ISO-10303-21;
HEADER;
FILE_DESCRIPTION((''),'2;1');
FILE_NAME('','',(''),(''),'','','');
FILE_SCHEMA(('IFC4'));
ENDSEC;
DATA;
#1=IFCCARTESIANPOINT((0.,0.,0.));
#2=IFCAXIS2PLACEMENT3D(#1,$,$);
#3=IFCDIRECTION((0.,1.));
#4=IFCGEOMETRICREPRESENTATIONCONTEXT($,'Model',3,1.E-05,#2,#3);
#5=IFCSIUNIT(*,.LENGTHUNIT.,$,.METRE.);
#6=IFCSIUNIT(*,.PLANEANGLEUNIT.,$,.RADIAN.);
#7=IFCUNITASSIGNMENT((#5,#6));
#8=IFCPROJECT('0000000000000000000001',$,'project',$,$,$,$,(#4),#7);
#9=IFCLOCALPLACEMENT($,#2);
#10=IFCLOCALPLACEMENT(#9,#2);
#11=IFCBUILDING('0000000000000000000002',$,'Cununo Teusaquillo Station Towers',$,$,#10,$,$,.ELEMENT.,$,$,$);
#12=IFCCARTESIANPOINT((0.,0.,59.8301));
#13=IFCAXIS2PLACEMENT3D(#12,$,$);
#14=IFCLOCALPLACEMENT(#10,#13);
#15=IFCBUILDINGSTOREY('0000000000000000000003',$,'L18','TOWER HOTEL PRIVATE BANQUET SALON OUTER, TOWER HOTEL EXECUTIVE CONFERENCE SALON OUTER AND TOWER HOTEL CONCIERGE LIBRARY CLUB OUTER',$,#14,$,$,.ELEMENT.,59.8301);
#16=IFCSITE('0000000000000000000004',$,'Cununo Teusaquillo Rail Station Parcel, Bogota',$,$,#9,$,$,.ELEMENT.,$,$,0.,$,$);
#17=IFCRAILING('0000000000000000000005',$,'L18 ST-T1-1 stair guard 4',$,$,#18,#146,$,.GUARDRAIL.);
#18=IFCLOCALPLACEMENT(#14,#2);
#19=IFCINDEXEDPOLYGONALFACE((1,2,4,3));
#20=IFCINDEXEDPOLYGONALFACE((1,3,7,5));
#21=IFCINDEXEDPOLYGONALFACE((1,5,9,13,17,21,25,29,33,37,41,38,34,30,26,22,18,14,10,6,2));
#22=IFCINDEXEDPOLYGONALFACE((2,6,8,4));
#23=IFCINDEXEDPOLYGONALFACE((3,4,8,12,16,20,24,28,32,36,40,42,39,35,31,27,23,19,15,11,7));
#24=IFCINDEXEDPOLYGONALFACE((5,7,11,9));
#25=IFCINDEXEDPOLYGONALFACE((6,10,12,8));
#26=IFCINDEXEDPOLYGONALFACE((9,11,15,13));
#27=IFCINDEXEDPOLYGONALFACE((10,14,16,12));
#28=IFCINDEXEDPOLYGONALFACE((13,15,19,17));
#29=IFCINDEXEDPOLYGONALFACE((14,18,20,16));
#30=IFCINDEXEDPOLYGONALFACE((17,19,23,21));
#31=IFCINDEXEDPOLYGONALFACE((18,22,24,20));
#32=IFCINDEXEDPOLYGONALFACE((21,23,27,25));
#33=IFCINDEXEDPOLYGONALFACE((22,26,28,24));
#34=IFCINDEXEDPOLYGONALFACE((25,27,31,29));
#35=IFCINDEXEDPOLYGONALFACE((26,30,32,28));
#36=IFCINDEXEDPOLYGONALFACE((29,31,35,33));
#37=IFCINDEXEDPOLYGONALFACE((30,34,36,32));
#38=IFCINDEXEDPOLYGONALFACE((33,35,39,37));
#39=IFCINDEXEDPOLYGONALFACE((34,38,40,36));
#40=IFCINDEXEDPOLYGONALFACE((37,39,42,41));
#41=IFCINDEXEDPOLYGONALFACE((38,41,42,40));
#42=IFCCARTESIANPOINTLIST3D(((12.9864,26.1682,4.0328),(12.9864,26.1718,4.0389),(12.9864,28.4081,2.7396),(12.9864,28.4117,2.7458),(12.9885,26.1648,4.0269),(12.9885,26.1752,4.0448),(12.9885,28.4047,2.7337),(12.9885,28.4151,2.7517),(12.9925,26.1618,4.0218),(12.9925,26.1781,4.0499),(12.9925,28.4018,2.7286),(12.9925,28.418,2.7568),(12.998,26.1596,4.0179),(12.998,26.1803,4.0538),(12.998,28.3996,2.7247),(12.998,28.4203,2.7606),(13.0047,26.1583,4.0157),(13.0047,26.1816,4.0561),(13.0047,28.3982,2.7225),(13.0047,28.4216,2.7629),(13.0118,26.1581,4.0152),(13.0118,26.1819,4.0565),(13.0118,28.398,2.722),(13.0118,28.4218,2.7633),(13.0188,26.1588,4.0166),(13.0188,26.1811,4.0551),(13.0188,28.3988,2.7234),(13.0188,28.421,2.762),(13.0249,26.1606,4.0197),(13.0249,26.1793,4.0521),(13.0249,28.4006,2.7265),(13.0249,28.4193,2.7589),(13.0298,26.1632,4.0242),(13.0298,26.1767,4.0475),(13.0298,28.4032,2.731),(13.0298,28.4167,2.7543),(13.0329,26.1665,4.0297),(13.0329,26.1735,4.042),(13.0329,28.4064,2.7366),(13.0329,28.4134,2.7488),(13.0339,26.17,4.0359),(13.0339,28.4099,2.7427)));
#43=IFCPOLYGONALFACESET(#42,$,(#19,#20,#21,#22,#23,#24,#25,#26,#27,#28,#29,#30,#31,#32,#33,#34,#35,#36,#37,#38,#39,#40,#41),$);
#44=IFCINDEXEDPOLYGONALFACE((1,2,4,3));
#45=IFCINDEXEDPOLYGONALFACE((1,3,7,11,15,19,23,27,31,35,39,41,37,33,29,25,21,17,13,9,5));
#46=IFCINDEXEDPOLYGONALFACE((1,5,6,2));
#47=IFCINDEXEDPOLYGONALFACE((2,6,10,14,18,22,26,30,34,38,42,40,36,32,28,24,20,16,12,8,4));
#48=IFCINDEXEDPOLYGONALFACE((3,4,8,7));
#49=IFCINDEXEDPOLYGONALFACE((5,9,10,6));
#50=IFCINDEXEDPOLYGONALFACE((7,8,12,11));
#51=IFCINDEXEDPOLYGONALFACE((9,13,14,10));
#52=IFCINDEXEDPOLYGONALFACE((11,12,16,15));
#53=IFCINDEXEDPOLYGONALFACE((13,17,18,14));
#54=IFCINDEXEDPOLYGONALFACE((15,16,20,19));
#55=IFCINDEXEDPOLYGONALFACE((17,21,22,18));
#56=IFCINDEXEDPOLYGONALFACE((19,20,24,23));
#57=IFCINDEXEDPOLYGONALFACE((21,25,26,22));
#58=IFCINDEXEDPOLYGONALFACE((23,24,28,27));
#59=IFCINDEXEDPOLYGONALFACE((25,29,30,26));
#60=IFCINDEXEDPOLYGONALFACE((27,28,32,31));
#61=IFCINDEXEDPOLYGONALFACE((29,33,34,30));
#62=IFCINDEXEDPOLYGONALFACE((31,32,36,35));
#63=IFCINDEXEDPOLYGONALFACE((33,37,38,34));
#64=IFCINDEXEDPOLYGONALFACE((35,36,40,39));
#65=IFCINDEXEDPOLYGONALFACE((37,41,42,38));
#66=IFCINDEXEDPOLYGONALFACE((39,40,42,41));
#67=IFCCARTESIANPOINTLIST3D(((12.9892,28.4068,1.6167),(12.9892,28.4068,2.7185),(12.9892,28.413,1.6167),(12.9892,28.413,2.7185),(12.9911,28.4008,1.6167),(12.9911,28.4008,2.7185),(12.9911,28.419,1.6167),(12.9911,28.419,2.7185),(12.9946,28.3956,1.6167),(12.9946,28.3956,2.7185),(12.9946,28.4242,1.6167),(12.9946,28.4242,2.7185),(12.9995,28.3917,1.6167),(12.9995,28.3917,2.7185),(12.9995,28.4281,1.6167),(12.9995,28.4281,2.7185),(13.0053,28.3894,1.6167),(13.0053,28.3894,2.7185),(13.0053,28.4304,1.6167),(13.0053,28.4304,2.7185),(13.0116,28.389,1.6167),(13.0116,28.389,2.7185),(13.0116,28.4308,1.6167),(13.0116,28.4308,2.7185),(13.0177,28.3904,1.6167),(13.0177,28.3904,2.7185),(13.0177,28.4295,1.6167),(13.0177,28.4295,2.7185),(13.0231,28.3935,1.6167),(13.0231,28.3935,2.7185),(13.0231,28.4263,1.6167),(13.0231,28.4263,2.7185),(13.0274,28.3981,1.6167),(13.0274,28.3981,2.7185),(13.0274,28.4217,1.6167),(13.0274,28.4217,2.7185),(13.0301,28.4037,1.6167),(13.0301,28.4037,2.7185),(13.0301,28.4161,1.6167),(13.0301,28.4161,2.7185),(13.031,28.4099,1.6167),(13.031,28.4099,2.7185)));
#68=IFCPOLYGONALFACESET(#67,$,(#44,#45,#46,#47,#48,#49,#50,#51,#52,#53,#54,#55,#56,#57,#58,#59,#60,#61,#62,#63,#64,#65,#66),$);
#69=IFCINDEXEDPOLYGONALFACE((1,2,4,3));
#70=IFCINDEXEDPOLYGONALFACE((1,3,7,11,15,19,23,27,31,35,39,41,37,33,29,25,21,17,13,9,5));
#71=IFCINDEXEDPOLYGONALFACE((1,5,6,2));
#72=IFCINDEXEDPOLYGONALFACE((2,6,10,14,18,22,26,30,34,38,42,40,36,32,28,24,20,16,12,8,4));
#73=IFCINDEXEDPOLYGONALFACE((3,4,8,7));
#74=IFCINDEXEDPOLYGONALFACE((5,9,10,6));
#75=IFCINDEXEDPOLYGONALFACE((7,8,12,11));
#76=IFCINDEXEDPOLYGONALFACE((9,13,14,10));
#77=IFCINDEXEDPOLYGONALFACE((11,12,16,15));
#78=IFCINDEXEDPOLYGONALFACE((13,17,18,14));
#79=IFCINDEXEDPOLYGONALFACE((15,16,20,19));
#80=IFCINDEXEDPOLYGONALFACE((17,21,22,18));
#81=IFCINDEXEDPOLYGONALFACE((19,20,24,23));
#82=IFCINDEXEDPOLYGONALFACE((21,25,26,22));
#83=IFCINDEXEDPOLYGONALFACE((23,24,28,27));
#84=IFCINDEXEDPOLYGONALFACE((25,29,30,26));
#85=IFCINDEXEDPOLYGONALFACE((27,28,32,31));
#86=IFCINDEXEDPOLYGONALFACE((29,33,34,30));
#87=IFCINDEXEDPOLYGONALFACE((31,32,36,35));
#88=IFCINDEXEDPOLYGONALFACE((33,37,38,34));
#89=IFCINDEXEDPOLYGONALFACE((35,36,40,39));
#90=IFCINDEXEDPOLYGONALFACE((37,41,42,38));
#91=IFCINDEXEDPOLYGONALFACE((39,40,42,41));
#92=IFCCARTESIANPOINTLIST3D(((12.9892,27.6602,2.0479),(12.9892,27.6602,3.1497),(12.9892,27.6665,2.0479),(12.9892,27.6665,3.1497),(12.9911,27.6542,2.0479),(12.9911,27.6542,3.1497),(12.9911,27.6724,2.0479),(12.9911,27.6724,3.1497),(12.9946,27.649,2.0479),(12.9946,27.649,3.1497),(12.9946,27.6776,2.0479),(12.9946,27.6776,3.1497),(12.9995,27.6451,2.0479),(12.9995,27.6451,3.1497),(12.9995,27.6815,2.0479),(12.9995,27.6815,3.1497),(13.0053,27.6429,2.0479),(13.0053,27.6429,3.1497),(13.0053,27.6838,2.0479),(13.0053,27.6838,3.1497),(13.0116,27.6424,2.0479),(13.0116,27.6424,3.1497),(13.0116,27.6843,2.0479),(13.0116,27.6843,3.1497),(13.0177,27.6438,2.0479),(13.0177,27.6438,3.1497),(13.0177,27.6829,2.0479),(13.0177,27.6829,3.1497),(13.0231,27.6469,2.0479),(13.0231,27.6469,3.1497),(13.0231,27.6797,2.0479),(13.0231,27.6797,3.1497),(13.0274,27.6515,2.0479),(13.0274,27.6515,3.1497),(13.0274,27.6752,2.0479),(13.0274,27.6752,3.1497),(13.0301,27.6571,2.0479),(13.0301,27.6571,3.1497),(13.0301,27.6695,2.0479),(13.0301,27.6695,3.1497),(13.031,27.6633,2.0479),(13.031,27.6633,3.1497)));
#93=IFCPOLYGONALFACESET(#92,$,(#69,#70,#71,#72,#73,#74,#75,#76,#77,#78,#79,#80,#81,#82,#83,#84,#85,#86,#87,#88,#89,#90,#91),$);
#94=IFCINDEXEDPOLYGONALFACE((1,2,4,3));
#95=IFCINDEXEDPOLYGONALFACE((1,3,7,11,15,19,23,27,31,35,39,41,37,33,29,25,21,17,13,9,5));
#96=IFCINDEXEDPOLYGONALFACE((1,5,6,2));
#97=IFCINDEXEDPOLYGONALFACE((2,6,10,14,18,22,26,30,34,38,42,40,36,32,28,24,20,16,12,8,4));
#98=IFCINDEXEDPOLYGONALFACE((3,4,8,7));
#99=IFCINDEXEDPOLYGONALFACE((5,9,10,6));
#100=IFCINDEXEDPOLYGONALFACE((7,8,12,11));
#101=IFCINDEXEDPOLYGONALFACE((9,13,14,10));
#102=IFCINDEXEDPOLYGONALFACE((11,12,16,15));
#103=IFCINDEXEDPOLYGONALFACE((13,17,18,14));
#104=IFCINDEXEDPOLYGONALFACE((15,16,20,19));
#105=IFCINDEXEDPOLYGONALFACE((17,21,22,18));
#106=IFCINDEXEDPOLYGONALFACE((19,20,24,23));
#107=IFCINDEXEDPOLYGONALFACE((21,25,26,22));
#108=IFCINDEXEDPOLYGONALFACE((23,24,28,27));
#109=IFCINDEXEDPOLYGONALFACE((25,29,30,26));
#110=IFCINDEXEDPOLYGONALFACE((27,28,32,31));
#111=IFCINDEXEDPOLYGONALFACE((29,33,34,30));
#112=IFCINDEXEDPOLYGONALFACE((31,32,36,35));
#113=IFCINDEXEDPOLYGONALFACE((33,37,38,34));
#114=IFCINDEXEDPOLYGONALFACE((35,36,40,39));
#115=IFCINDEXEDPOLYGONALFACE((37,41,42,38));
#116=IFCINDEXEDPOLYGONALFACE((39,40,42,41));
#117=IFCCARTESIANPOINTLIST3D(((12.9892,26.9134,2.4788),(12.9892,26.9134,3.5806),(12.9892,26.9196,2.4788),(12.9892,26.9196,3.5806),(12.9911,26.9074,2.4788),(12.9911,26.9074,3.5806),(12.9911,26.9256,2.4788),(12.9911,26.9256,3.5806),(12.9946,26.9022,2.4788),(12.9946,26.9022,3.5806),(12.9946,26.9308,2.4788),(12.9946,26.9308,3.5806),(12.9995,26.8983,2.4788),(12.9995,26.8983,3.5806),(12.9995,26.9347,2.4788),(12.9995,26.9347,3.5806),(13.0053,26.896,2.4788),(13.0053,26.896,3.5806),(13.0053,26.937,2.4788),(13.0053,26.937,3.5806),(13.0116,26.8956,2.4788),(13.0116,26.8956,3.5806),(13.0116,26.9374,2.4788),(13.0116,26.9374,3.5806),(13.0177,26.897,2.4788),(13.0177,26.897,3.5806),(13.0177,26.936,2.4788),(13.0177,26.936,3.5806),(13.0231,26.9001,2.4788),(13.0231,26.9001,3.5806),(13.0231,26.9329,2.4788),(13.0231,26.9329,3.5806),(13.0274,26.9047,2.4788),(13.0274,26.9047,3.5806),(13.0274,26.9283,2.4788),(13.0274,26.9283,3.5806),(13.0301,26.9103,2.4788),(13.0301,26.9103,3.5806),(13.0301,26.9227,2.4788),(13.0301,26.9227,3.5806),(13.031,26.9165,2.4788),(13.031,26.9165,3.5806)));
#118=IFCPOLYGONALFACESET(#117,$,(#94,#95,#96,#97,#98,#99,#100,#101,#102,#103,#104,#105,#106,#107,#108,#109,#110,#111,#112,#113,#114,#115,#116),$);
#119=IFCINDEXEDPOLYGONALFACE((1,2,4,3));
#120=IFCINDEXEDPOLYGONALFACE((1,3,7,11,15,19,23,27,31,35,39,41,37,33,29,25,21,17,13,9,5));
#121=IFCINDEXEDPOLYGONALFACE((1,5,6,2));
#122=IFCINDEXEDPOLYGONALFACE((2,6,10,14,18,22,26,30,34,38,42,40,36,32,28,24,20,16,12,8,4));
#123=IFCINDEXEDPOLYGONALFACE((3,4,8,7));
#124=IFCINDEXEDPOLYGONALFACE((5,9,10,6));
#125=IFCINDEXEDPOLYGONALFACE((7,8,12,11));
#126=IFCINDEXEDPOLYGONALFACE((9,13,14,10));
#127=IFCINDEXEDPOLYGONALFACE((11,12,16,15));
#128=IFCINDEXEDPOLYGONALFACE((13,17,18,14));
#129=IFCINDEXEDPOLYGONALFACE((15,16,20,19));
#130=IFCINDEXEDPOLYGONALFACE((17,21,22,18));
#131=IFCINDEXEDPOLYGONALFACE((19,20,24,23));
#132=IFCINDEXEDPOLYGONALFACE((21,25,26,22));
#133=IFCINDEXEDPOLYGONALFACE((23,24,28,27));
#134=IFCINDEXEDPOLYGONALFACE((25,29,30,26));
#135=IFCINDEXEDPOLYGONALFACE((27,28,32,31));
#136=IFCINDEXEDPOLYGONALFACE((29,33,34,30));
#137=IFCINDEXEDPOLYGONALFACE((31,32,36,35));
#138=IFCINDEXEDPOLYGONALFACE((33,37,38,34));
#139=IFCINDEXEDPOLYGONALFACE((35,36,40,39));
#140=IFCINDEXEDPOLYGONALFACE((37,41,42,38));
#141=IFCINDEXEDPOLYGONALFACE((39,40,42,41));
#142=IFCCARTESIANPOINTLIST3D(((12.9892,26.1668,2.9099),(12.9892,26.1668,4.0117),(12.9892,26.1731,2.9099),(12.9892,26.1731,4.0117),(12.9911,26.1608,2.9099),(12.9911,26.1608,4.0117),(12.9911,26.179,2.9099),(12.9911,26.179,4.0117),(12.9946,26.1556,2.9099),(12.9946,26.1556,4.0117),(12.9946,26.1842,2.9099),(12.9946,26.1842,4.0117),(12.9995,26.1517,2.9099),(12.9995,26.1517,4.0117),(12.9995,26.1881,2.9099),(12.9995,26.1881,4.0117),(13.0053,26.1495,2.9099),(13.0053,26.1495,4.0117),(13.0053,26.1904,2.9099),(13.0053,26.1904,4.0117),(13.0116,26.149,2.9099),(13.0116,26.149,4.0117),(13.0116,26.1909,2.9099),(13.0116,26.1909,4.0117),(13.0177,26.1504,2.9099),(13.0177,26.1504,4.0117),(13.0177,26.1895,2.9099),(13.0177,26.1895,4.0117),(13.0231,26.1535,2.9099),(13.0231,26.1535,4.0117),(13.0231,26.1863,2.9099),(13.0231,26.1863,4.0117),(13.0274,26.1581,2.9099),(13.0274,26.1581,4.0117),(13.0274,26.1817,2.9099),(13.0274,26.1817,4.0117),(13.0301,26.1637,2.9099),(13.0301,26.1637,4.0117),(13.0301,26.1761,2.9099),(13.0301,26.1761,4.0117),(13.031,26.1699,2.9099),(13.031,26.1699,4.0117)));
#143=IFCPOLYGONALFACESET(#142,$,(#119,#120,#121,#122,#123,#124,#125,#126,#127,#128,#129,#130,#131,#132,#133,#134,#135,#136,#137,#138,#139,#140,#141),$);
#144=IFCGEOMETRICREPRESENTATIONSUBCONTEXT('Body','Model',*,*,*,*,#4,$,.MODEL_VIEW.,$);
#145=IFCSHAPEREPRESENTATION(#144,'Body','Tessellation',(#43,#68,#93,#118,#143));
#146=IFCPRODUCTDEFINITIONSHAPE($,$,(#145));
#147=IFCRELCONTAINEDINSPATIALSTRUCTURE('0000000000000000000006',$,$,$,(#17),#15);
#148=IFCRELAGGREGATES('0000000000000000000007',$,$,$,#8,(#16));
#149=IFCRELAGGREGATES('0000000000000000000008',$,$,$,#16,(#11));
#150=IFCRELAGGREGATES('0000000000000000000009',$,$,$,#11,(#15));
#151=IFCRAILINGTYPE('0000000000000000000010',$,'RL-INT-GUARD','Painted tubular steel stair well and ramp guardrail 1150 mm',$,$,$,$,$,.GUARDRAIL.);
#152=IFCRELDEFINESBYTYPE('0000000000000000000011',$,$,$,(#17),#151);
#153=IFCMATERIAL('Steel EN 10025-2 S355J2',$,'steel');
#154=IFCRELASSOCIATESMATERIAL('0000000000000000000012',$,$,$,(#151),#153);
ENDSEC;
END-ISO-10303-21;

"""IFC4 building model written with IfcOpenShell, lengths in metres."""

from ifc_helpers import new_model, si_unit, direction, frame, origin, origin_2d, place, context, subcontext, project, spatial, circle, extrude, material, type_object, element, save


model = new_model("IFC4")

# Units and contexts
model_context = context("Model", 3, precision=1e-05, world=origin(), true_north=direction((0.0, 1.0)))
body_context = subcontext(model_context, "Body", "Model", "MODEL_VIEW")
ifc_project = project(units=[si_unit("LENGTHUNIT", "METRE"), si_unit("PLANEANGLEUNIT", "RADIAN")], contexts=[model_context])

# Site, building, storey
site_placement = place(None, origin())
site = spatial("IfcSite", under=ifc_project, at=site_placement, Name="Cununo Teusaquillo Rail Station Parcel, Bogota", CompositionType="ELEMENT", RefElevation=0.0)
building_placement = place(site_placement, origin())
building = spatial("IfcBuilding", under=site, at=building_placement, Name="Cununo Teusaquillo Station Towers", CompositionType="ELEMENT")
storey_placement = place(building_placement, frame((0.0, 0.0, 59.8301)))
storey = spatial("IfcBuildingStorey", under=building, at=storey_placement, Name="L18", Description="TOWER HOTEL PRIVATE BANQUET SALON OUTER, TOWER HOTEL EXECUTIVE CONFERENCE SALON OUTER AND TOWER HOTEL CONCIERGE LIBRARY CLUB OUTER", CompositionType="ELEMENT", Elevation=59.8301)

# Railing
ifc_material_1 = material(Name="Steel EN 10025-2 S355J2", Category="steel")
railing_type_1 = type_object("IfcRailingType", Name="RL-INT-GUARD", Description="Painted tubular steel stair well and ramp guardrail 1150 mm", PredefinedType="GUARDRAIL", material=ifc_material_1)
railing_1_placement = place(storey_placement, frame((13.01, 28.4099, 1.6167)))
element("IfcRailing", 1, at=railing_1_placement, inside=storey, type_object=railing_type_1, Name="L18 ST-T1-1 stair guard 4", PredefinedType="GUARDRAIL", context=body_context, shape_type="SweptSolid", body=[
    extrude(circle(Radius=0.0239, at=origin_2d()), frame((0.0, 0.0, 1.126), z_axis=(0.0, -0.866033, 0.499987), x_axis=(1.0, 0.0, 0.0)), (0.0, 0.0, 1.0), 2.5864),
    extrude(circle(Radius=0.021, at=origin_2d()), origin(), (0.0, 0.0, 1.0), 1.1018),
    extrude(circle(Radius=0.021, at=origin_2d()), frame((0.0, -0.7466, 0.4312)), (0.0, 0.0, 1.0), 1.1018),
    extrude(circle(Radius=0.021, at=origin_2d()), frame((0.0, -1.4934, 0.8621)), (0.0, 0.0, 1.0), 1.1018),
    extrude(circle(Radius=0.021, at=origin_2d()), frame((0.0, -2.24, 1.2932)), (0.0, 0.0, 1.0), 1.1018),
])

save(model, "model.ifc")
